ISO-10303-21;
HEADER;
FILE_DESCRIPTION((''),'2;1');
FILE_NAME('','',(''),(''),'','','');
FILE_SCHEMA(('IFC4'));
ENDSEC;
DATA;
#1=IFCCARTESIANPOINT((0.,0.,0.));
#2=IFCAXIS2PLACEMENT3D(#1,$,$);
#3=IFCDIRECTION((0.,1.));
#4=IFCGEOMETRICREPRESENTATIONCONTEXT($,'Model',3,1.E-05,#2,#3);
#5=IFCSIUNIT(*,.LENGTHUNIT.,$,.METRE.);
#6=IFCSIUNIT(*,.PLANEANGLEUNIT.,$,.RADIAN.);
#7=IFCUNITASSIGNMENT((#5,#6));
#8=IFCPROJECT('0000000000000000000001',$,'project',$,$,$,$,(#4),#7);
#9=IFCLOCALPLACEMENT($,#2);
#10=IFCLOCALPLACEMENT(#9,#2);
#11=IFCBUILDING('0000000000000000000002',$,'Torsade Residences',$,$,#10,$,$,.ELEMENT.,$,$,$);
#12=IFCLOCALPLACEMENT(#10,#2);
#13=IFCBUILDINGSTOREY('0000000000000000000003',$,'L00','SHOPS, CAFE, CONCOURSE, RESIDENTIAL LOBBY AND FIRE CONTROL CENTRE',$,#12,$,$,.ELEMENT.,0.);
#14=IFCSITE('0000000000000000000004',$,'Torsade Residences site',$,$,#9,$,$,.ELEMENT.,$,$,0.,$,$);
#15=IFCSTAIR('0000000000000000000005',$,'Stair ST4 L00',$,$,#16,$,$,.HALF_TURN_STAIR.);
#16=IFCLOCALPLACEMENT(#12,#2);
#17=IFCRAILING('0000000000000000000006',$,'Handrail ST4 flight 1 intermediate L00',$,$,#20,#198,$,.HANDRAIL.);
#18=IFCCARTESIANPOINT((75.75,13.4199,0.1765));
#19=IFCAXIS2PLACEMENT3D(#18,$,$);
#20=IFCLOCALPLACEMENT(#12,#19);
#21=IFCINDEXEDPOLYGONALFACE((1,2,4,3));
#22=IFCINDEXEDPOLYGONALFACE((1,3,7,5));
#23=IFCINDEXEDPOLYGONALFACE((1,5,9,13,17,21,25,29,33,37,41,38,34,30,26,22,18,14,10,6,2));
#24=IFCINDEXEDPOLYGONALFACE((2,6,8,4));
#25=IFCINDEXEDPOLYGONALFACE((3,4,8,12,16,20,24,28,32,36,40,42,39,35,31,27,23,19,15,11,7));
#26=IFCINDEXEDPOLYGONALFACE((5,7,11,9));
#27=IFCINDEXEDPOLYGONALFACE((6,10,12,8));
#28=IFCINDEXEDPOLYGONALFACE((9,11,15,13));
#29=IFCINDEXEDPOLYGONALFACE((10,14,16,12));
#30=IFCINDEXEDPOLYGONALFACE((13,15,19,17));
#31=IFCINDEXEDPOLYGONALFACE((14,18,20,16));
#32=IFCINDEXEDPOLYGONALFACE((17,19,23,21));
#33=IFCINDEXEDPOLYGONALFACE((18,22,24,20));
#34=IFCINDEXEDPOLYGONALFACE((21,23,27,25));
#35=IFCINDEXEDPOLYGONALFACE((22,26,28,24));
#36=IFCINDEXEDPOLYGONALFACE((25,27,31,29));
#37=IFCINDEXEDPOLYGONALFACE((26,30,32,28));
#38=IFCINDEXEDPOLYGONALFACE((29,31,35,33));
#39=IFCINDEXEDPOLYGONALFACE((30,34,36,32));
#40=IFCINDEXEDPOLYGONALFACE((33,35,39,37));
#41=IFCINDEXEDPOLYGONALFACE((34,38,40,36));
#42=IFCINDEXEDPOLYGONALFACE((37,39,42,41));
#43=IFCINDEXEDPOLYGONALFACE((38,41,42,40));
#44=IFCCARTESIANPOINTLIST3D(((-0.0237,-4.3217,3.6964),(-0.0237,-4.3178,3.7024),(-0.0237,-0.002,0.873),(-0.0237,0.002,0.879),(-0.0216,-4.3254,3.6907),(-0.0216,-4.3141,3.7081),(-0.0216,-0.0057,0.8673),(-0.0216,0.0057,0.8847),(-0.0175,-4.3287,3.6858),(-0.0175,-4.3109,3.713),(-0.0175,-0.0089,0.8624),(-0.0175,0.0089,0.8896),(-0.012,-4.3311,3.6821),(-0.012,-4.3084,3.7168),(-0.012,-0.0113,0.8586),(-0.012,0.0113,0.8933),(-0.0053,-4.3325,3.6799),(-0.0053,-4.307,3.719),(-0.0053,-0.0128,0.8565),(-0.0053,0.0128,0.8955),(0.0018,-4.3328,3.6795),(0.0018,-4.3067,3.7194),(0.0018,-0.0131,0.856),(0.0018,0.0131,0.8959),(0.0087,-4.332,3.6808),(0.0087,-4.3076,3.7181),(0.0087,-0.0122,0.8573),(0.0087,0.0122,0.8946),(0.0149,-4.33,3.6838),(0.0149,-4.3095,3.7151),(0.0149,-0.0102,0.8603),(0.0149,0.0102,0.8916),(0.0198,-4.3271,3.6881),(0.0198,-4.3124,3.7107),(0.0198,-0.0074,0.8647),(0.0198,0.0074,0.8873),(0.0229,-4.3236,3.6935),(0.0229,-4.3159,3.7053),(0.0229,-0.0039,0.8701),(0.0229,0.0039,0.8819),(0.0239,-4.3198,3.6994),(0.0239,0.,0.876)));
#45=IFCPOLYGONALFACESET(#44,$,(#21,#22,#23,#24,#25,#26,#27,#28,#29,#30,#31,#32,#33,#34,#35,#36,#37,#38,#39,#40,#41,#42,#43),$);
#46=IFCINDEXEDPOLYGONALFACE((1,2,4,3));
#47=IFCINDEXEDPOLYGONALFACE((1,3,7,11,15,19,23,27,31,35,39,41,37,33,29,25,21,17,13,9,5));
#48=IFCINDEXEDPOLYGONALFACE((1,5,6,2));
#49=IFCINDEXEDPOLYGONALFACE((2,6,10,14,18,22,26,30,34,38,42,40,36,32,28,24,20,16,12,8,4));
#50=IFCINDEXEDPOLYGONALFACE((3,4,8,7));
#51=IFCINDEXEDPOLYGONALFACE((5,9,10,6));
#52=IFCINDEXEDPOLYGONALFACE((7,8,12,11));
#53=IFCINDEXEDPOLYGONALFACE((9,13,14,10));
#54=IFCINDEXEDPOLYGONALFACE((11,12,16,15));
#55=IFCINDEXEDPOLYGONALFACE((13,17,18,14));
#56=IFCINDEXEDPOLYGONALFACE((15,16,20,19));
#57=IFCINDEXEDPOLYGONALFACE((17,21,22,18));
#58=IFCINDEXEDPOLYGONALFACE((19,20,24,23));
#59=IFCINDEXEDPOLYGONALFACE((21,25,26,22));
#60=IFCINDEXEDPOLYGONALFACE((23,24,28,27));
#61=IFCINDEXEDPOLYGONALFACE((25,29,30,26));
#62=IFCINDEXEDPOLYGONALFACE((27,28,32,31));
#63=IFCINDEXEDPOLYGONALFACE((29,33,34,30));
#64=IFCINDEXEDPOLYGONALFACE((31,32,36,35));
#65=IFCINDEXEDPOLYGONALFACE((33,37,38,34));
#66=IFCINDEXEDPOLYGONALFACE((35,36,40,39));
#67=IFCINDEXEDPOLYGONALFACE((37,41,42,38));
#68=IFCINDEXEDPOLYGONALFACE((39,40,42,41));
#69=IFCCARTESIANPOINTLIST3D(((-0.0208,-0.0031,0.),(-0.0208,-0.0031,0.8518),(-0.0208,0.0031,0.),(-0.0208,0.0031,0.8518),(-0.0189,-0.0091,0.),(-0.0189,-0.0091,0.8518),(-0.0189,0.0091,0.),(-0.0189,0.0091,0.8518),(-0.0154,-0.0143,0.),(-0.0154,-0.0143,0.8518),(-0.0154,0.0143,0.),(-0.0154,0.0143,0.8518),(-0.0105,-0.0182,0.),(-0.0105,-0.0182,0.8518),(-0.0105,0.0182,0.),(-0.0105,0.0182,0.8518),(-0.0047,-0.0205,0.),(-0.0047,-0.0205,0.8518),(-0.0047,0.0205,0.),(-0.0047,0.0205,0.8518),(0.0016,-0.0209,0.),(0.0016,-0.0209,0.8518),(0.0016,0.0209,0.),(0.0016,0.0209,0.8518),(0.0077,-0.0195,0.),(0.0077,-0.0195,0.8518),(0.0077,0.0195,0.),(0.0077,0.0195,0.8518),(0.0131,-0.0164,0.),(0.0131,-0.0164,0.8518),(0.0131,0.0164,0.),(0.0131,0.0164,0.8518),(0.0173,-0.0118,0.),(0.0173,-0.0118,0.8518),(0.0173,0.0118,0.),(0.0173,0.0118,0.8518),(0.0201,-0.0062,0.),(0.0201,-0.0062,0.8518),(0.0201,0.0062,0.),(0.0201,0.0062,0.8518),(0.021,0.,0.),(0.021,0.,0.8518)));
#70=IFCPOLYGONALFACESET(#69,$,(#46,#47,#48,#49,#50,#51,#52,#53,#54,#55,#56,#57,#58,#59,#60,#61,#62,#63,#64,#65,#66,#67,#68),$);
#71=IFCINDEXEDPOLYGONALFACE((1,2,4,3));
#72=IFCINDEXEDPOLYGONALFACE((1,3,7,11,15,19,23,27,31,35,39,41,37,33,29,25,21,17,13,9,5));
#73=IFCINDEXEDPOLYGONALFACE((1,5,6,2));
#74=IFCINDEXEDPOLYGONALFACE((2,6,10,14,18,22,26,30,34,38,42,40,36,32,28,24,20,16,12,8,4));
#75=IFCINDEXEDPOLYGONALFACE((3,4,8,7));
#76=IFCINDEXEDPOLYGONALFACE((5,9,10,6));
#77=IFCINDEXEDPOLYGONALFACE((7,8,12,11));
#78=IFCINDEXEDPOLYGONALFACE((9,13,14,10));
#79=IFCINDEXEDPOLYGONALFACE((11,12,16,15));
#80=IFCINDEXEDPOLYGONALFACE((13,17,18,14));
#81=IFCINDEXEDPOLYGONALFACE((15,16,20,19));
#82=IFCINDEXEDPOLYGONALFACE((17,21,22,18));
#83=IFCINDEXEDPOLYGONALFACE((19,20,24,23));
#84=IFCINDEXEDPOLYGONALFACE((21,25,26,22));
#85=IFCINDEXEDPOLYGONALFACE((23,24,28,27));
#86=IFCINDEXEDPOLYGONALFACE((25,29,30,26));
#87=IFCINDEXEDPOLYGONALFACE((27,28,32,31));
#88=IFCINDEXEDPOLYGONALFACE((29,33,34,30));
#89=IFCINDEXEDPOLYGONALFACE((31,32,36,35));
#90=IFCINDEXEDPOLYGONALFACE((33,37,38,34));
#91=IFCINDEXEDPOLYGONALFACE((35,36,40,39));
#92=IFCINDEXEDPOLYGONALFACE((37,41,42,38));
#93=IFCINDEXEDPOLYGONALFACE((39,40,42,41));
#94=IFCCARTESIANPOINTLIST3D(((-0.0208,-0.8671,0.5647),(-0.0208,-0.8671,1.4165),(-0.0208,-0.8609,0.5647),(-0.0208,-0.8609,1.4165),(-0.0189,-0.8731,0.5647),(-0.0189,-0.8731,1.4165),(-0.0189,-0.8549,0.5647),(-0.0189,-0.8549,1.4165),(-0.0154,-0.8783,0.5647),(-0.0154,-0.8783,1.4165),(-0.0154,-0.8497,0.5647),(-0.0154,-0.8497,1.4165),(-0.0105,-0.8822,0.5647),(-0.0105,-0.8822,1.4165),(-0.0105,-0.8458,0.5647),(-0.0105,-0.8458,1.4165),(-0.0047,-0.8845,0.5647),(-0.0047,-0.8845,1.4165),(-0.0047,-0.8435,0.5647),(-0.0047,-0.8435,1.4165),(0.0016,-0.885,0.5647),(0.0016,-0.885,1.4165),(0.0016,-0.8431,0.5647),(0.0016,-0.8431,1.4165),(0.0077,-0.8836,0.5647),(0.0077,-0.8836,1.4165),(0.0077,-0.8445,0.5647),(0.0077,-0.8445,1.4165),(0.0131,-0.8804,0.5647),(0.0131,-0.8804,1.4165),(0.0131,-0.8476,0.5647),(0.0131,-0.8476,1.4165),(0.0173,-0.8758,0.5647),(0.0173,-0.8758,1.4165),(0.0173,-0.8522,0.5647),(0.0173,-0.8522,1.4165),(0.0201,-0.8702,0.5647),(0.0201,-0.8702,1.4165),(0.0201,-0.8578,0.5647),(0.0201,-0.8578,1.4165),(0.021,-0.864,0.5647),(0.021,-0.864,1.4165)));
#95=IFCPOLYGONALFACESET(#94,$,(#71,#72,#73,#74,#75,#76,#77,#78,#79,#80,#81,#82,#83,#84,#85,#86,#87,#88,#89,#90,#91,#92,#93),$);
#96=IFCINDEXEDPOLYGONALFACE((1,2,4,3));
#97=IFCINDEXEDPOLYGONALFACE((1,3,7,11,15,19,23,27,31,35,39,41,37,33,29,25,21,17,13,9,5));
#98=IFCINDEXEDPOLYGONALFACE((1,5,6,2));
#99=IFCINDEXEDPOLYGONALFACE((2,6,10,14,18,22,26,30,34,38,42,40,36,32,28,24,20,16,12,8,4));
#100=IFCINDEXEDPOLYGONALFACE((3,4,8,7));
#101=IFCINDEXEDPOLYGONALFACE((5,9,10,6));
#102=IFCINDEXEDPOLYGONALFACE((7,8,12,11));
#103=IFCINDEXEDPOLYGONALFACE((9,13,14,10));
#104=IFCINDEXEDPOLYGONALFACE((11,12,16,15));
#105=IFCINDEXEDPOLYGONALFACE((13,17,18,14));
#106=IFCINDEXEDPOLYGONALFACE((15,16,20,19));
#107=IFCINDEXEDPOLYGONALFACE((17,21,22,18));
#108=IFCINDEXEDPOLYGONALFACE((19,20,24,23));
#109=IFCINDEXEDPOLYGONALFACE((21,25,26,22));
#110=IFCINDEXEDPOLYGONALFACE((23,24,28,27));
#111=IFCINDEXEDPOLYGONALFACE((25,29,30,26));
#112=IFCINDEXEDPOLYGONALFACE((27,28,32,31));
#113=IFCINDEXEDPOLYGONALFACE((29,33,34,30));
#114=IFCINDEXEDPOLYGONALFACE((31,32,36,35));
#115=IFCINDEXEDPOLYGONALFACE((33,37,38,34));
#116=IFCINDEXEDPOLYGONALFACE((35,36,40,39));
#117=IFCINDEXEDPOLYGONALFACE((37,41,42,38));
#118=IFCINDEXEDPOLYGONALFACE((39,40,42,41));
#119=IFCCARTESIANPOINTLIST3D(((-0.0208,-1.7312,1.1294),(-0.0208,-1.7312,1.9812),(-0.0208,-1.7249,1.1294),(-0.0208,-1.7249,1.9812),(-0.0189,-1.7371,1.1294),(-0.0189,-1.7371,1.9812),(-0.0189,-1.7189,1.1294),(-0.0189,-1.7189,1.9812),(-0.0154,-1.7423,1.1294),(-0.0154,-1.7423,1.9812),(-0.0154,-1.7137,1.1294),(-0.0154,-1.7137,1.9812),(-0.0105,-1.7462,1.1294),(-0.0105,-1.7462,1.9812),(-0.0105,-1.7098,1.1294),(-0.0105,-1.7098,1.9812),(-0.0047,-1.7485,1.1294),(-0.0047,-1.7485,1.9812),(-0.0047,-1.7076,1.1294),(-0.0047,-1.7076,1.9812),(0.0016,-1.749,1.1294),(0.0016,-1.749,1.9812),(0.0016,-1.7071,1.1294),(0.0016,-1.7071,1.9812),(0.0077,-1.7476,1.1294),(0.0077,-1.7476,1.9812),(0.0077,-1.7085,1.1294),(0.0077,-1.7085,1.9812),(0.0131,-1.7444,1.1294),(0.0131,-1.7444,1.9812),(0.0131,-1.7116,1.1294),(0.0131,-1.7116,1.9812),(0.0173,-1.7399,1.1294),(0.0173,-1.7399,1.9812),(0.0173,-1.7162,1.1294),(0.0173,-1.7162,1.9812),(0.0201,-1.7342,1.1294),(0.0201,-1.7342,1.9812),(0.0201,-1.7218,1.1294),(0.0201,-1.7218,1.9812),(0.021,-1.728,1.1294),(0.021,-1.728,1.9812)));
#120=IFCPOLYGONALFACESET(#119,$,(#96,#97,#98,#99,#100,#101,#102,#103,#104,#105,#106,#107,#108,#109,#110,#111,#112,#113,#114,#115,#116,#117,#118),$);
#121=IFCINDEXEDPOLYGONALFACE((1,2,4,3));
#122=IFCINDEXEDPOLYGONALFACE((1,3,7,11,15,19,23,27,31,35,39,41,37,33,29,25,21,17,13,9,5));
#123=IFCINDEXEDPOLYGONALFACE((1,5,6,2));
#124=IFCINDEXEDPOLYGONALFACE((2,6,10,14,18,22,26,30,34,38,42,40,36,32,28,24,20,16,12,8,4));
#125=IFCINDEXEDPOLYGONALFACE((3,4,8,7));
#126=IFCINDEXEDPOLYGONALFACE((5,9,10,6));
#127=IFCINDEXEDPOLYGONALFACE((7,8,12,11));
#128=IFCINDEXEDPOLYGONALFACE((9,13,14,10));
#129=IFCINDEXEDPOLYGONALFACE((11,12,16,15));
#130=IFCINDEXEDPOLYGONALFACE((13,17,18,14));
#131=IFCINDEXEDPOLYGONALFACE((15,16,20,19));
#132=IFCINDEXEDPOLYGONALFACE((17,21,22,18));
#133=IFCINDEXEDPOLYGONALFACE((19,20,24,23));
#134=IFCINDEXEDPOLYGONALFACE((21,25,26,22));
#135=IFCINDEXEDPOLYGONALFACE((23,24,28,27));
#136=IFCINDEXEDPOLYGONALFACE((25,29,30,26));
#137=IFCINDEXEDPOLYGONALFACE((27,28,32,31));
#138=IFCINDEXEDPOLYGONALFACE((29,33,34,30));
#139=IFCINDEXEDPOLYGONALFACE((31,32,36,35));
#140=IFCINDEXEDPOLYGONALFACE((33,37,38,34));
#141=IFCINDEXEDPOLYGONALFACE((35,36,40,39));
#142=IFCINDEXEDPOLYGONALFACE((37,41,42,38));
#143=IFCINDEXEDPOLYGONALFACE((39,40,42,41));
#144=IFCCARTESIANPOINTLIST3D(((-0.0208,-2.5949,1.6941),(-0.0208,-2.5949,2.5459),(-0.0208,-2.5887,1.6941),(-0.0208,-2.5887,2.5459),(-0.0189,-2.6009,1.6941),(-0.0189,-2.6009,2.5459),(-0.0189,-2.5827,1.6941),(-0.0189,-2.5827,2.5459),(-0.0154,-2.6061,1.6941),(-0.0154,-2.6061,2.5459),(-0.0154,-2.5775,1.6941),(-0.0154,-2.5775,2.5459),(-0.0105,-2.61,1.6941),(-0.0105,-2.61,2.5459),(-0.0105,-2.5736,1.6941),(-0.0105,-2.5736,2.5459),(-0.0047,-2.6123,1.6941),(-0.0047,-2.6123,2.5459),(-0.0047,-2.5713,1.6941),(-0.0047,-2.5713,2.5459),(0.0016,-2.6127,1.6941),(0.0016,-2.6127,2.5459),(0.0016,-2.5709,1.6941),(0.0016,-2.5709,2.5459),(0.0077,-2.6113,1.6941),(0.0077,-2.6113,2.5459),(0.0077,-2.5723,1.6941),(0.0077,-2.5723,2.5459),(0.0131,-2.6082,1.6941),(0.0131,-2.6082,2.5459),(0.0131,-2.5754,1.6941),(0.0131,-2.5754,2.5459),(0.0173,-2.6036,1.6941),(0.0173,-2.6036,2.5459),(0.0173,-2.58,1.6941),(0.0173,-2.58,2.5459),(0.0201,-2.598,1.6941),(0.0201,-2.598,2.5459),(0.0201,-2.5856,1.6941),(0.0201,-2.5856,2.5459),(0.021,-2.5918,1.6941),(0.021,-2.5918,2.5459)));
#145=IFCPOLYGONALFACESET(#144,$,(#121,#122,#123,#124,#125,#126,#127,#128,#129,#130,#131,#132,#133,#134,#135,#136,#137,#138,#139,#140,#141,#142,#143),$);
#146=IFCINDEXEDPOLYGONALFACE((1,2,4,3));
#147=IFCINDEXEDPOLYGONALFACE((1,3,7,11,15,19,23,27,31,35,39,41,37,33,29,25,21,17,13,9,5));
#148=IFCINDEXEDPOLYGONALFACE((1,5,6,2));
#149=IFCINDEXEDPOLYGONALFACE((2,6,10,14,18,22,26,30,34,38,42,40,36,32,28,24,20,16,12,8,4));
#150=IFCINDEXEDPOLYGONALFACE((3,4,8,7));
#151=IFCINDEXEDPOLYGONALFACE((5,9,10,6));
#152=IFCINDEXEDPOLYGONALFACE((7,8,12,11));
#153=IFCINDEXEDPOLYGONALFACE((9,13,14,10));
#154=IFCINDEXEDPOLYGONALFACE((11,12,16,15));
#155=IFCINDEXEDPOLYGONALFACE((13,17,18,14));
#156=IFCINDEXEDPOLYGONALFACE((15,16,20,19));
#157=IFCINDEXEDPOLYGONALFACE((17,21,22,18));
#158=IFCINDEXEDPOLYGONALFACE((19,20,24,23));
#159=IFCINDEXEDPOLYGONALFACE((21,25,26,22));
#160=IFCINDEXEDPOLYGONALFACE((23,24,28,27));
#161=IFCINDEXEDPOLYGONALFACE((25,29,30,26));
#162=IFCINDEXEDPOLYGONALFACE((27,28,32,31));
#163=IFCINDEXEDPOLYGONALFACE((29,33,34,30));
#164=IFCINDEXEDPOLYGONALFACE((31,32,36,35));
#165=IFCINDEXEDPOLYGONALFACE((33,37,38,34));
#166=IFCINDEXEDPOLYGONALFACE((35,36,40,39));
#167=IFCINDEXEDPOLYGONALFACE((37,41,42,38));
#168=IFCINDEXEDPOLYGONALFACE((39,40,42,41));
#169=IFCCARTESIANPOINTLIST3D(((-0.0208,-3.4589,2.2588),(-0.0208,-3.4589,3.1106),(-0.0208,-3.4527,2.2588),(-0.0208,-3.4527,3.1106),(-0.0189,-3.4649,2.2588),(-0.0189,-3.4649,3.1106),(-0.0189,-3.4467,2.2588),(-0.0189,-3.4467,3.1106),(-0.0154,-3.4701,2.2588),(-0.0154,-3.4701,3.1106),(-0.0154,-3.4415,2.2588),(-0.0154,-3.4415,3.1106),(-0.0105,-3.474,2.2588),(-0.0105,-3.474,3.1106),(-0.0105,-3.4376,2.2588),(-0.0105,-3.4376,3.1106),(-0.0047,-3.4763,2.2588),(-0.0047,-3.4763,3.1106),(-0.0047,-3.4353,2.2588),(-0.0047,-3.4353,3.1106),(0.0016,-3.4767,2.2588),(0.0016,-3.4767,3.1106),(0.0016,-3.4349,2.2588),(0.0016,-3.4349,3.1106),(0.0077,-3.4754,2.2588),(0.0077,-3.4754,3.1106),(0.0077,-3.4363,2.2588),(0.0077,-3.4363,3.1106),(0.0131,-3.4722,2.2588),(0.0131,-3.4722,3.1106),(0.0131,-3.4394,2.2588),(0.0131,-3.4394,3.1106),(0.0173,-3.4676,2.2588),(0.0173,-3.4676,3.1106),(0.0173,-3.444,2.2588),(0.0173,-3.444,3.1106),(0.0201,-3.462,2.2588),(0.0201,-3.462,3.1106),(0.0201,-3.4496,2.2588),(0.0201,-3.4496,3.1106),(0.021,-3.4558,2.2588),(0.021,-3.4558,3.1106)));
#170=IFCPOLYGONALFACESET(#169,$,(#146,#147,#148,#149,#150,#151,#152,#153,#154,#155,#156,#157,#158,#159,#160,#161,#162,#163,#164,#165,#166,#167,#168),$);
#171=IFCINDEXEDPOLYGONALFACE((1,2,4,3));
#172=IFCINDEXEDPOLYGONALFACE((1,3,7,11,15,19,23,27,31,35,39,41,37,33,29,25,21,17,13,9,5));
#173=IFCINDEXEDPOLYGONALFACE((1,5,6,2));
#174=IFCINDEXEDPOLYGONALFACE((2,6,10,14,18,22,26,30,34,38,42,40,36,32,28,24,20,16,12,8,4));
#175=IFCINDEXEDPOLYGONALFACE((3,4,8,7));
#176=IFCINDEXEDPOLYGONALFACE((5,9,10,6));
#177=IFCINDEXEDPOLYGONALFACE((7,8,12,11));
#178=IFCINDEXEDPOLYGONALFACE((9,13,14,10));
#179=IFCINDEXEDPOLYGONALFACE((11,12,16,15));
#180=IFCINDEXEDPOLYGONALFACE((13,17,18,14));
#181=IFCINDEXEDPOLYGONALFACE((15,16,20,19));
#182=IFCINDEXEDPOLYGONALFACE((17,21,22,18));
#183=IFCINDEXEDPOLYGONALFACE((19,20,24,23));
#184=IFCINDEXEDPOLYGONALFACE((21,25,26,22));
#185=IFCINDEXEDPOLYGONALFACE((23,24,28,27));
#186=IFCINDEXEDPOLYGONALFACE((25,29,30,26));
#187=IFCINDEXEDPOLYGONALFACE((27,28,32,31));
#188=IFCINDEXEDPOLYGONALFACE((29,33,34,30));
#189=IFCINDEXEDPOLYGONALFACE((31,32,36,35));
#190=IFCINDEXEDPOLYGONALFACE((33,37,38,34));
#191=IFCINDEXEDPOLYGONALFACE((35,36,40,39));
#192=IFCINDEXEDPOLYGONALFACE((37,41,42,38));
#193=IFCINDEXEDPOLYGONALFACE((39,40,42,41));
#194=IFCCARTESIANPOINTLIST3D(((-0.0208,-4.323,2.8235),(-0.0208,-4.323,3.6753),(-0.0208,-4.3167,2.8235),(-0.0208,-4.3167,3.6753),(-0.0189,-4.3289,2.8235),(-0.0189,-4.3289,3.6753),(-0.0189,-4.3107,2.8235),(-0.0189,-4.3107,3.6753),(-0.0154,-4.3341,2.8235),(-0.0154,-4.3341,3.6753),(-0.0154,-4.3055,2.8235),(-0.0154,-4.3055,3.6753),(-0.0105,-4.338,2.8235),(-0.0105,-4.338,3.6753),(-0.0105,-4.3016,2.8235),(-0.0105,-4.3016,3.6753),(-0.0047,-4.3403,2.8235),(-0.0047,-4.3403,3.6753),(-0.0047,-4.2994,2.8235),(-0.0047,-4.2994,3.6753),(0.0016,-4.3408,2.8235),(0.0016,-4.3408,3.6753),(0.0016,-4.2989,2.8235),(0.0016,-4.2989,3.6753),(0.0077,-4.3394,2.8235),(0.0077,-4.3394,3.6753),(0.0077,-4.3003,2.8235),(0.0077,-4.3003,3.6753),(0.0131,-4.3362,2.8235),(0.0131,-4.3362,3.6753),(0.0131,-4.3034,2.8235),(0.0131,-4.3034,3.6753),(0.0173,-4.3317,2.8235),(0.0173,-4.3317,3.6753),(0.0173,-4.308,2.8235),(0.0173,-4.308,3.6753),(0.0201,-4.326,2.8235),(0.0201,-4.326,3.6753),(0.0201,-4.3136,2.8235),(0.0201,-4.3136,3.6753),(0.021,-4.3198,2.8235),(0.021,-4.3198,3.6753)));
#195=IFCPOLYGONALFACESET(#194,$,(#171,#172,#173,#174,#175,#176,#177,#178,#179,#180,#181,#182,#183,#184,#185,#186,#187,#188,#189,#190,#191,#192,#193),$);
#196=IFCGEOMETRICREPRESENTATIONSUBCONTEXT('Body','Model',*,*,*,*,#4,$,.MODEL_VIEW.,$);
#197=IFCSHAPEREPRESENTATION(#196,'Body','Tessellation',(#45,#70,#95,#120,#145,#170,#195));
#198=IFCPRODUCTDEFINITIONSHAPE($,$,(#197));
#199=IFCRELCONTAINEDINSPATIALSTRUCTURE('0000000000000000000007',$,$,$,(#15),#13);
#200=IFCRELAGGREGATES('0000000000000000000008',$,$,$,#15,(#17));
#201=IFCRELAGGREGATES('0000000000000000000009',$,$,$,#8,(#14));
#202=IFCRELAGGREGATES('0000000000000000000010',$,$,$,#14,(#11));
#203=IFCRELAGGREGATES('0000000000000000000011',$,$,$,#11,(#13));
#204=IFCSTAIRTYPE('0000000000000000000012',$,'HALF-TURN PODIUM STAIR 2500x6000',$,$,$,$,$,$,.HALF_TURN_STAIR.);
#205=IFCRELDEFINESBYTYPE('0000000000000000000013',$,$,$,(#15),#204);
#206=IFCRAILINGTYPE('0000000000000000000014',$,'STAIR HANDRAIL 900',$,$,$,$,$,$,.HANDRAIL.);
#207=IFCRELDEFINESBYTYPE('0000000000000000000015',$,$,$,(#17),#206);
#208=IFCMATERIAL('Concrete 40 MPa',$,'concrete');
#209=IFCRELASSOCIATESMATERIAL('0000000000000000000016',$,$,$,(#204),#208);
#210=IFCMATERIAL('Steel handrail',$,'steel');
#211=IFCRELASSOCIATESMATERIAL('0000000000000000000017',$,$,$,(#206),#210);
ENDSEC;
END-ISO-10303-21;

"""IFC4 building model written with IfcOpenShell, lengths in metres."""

from ifc_helpers import new_model, si_unit, direction, frame, origin, origin_2d, place, context, subcontext, project, spatial, circle, extrude, material, type_object, element, aggregate, save


model = new_model("IFC4")

# Units and contexts
model_context = context("Model", 3, precision=1e-05, world=origin(), true_north=direction((0.0, 1.0)))
body_context = subcontext(model_context, "Body", "Model", "MODEL_VIEW")
ifc_project = project(units=[si_unit("LENGTHUNIT", "METRE"), si_unit("PLANEANGLEUNIT", "RADIAN")], contexts=[model_context])

# Site, building, storey
site_placement = place(None, origin())
site = spatial("IfcSite", under=ifc_project, at=site_placement, Name="Torsade Residences site", CompositionType="ELEMENT", RefElevation=0.0)
building_placement = place(site_placement, origin())
building = spatial("IfcBuilding", under=site, at=building_placement, Name="Torsade Residences", CompositionType="ELEMENT")
storey_placement = place(building_placement, origin())
storey = spatial("IfcBuildingStorey", under=building, at=storey_placement, Name="L00", Description="SHOPS, CAFE, CONCOURSE, RESIDENTIAL LOBBY AND FIRE CONTROL CENTRE", CompositionType="ELEMENT", Elevation=0.0)

# Stair, railing
ifc_material_1 = material(Name="Concrete 40 MPa", Category="concrete")
stair_type = type_object("IfcStairType", Name="HALF-TURN PODIUM STAIR 2500x6000", PredefinedType="HALF_TURN_STAIR", material=ifc_material_1)
stair_placement = place(storey_placement, origin())
stair = element("IfcStair", 1, at=stair_placement, inside=storey, type_object=stair_type, Name="Stair ST4 L00", PredefinedType="HALF_TURN_STAIR")
ifc_material_2 = material(Name="Steel handrail", Category="steel")
railing_type = type_object("IfcRailingType", Name="STAIR HANDRAIL 900", PredefinedType="HANDRAIL", material=ifc_material_2)
railing_1_placement = place(storey_placement, frame((75.75, 13.4199, 0.1765)))
railing_1 = element("IfcRailing", 2, at=railing_1_placement, type_object=railing_type, Name="Handrail ST4 flight 1 intermediate L00", PredefinedType="HANDRAIL", context=body_context, shape_type="SweptSolid", body=[
    extrude(circle(Radius=0.0239, at=origin_2d()), frame((0.0, 0.0, 0.876), z_axis=(0.0, -0.83706, 0.547112), x_axis=(1.0, 0.0, 0.0)), (0.0, 0.0, 1.0), 5.1606),
    extrude(circle(Radius=0.021, at=origin_2d()), origin(), (0.0, 0.0, 1.0), 0.8518),
    extrude(circle(Radius=0.021, at=origin_2d()), frame((0.0, -0.864, 0.5647)), (0.0, 0.0, 1.0), 0.8518),
    extrude(circle(Radius=0.021, at=origin_2d()), frame((0.0, -1.728, 1.1294)), (0.0, 0.0, 1.0), 0.8518),
    extrude(circle(Radius=0.021, at=origin_2d()), frame((0.0, -2.5918, 1.6941)), (0.0, 0.0, 1.0), 0.8518),
    extrude(circle(Radius=0.021, at=origin_2d()), frame((0.0, -3.4558, 2.2588)), (0.0, 0.0, 1.0), 0.8518),
    extrude(circle(Radius=0.021, at=origin_2d()), frame((0.0, -4.3198, 2.8235)), (0.0, 0.0, 1.0), 0.8518),
])
aggregate(stair, [railing_1])

save(model, "model.ifc")
